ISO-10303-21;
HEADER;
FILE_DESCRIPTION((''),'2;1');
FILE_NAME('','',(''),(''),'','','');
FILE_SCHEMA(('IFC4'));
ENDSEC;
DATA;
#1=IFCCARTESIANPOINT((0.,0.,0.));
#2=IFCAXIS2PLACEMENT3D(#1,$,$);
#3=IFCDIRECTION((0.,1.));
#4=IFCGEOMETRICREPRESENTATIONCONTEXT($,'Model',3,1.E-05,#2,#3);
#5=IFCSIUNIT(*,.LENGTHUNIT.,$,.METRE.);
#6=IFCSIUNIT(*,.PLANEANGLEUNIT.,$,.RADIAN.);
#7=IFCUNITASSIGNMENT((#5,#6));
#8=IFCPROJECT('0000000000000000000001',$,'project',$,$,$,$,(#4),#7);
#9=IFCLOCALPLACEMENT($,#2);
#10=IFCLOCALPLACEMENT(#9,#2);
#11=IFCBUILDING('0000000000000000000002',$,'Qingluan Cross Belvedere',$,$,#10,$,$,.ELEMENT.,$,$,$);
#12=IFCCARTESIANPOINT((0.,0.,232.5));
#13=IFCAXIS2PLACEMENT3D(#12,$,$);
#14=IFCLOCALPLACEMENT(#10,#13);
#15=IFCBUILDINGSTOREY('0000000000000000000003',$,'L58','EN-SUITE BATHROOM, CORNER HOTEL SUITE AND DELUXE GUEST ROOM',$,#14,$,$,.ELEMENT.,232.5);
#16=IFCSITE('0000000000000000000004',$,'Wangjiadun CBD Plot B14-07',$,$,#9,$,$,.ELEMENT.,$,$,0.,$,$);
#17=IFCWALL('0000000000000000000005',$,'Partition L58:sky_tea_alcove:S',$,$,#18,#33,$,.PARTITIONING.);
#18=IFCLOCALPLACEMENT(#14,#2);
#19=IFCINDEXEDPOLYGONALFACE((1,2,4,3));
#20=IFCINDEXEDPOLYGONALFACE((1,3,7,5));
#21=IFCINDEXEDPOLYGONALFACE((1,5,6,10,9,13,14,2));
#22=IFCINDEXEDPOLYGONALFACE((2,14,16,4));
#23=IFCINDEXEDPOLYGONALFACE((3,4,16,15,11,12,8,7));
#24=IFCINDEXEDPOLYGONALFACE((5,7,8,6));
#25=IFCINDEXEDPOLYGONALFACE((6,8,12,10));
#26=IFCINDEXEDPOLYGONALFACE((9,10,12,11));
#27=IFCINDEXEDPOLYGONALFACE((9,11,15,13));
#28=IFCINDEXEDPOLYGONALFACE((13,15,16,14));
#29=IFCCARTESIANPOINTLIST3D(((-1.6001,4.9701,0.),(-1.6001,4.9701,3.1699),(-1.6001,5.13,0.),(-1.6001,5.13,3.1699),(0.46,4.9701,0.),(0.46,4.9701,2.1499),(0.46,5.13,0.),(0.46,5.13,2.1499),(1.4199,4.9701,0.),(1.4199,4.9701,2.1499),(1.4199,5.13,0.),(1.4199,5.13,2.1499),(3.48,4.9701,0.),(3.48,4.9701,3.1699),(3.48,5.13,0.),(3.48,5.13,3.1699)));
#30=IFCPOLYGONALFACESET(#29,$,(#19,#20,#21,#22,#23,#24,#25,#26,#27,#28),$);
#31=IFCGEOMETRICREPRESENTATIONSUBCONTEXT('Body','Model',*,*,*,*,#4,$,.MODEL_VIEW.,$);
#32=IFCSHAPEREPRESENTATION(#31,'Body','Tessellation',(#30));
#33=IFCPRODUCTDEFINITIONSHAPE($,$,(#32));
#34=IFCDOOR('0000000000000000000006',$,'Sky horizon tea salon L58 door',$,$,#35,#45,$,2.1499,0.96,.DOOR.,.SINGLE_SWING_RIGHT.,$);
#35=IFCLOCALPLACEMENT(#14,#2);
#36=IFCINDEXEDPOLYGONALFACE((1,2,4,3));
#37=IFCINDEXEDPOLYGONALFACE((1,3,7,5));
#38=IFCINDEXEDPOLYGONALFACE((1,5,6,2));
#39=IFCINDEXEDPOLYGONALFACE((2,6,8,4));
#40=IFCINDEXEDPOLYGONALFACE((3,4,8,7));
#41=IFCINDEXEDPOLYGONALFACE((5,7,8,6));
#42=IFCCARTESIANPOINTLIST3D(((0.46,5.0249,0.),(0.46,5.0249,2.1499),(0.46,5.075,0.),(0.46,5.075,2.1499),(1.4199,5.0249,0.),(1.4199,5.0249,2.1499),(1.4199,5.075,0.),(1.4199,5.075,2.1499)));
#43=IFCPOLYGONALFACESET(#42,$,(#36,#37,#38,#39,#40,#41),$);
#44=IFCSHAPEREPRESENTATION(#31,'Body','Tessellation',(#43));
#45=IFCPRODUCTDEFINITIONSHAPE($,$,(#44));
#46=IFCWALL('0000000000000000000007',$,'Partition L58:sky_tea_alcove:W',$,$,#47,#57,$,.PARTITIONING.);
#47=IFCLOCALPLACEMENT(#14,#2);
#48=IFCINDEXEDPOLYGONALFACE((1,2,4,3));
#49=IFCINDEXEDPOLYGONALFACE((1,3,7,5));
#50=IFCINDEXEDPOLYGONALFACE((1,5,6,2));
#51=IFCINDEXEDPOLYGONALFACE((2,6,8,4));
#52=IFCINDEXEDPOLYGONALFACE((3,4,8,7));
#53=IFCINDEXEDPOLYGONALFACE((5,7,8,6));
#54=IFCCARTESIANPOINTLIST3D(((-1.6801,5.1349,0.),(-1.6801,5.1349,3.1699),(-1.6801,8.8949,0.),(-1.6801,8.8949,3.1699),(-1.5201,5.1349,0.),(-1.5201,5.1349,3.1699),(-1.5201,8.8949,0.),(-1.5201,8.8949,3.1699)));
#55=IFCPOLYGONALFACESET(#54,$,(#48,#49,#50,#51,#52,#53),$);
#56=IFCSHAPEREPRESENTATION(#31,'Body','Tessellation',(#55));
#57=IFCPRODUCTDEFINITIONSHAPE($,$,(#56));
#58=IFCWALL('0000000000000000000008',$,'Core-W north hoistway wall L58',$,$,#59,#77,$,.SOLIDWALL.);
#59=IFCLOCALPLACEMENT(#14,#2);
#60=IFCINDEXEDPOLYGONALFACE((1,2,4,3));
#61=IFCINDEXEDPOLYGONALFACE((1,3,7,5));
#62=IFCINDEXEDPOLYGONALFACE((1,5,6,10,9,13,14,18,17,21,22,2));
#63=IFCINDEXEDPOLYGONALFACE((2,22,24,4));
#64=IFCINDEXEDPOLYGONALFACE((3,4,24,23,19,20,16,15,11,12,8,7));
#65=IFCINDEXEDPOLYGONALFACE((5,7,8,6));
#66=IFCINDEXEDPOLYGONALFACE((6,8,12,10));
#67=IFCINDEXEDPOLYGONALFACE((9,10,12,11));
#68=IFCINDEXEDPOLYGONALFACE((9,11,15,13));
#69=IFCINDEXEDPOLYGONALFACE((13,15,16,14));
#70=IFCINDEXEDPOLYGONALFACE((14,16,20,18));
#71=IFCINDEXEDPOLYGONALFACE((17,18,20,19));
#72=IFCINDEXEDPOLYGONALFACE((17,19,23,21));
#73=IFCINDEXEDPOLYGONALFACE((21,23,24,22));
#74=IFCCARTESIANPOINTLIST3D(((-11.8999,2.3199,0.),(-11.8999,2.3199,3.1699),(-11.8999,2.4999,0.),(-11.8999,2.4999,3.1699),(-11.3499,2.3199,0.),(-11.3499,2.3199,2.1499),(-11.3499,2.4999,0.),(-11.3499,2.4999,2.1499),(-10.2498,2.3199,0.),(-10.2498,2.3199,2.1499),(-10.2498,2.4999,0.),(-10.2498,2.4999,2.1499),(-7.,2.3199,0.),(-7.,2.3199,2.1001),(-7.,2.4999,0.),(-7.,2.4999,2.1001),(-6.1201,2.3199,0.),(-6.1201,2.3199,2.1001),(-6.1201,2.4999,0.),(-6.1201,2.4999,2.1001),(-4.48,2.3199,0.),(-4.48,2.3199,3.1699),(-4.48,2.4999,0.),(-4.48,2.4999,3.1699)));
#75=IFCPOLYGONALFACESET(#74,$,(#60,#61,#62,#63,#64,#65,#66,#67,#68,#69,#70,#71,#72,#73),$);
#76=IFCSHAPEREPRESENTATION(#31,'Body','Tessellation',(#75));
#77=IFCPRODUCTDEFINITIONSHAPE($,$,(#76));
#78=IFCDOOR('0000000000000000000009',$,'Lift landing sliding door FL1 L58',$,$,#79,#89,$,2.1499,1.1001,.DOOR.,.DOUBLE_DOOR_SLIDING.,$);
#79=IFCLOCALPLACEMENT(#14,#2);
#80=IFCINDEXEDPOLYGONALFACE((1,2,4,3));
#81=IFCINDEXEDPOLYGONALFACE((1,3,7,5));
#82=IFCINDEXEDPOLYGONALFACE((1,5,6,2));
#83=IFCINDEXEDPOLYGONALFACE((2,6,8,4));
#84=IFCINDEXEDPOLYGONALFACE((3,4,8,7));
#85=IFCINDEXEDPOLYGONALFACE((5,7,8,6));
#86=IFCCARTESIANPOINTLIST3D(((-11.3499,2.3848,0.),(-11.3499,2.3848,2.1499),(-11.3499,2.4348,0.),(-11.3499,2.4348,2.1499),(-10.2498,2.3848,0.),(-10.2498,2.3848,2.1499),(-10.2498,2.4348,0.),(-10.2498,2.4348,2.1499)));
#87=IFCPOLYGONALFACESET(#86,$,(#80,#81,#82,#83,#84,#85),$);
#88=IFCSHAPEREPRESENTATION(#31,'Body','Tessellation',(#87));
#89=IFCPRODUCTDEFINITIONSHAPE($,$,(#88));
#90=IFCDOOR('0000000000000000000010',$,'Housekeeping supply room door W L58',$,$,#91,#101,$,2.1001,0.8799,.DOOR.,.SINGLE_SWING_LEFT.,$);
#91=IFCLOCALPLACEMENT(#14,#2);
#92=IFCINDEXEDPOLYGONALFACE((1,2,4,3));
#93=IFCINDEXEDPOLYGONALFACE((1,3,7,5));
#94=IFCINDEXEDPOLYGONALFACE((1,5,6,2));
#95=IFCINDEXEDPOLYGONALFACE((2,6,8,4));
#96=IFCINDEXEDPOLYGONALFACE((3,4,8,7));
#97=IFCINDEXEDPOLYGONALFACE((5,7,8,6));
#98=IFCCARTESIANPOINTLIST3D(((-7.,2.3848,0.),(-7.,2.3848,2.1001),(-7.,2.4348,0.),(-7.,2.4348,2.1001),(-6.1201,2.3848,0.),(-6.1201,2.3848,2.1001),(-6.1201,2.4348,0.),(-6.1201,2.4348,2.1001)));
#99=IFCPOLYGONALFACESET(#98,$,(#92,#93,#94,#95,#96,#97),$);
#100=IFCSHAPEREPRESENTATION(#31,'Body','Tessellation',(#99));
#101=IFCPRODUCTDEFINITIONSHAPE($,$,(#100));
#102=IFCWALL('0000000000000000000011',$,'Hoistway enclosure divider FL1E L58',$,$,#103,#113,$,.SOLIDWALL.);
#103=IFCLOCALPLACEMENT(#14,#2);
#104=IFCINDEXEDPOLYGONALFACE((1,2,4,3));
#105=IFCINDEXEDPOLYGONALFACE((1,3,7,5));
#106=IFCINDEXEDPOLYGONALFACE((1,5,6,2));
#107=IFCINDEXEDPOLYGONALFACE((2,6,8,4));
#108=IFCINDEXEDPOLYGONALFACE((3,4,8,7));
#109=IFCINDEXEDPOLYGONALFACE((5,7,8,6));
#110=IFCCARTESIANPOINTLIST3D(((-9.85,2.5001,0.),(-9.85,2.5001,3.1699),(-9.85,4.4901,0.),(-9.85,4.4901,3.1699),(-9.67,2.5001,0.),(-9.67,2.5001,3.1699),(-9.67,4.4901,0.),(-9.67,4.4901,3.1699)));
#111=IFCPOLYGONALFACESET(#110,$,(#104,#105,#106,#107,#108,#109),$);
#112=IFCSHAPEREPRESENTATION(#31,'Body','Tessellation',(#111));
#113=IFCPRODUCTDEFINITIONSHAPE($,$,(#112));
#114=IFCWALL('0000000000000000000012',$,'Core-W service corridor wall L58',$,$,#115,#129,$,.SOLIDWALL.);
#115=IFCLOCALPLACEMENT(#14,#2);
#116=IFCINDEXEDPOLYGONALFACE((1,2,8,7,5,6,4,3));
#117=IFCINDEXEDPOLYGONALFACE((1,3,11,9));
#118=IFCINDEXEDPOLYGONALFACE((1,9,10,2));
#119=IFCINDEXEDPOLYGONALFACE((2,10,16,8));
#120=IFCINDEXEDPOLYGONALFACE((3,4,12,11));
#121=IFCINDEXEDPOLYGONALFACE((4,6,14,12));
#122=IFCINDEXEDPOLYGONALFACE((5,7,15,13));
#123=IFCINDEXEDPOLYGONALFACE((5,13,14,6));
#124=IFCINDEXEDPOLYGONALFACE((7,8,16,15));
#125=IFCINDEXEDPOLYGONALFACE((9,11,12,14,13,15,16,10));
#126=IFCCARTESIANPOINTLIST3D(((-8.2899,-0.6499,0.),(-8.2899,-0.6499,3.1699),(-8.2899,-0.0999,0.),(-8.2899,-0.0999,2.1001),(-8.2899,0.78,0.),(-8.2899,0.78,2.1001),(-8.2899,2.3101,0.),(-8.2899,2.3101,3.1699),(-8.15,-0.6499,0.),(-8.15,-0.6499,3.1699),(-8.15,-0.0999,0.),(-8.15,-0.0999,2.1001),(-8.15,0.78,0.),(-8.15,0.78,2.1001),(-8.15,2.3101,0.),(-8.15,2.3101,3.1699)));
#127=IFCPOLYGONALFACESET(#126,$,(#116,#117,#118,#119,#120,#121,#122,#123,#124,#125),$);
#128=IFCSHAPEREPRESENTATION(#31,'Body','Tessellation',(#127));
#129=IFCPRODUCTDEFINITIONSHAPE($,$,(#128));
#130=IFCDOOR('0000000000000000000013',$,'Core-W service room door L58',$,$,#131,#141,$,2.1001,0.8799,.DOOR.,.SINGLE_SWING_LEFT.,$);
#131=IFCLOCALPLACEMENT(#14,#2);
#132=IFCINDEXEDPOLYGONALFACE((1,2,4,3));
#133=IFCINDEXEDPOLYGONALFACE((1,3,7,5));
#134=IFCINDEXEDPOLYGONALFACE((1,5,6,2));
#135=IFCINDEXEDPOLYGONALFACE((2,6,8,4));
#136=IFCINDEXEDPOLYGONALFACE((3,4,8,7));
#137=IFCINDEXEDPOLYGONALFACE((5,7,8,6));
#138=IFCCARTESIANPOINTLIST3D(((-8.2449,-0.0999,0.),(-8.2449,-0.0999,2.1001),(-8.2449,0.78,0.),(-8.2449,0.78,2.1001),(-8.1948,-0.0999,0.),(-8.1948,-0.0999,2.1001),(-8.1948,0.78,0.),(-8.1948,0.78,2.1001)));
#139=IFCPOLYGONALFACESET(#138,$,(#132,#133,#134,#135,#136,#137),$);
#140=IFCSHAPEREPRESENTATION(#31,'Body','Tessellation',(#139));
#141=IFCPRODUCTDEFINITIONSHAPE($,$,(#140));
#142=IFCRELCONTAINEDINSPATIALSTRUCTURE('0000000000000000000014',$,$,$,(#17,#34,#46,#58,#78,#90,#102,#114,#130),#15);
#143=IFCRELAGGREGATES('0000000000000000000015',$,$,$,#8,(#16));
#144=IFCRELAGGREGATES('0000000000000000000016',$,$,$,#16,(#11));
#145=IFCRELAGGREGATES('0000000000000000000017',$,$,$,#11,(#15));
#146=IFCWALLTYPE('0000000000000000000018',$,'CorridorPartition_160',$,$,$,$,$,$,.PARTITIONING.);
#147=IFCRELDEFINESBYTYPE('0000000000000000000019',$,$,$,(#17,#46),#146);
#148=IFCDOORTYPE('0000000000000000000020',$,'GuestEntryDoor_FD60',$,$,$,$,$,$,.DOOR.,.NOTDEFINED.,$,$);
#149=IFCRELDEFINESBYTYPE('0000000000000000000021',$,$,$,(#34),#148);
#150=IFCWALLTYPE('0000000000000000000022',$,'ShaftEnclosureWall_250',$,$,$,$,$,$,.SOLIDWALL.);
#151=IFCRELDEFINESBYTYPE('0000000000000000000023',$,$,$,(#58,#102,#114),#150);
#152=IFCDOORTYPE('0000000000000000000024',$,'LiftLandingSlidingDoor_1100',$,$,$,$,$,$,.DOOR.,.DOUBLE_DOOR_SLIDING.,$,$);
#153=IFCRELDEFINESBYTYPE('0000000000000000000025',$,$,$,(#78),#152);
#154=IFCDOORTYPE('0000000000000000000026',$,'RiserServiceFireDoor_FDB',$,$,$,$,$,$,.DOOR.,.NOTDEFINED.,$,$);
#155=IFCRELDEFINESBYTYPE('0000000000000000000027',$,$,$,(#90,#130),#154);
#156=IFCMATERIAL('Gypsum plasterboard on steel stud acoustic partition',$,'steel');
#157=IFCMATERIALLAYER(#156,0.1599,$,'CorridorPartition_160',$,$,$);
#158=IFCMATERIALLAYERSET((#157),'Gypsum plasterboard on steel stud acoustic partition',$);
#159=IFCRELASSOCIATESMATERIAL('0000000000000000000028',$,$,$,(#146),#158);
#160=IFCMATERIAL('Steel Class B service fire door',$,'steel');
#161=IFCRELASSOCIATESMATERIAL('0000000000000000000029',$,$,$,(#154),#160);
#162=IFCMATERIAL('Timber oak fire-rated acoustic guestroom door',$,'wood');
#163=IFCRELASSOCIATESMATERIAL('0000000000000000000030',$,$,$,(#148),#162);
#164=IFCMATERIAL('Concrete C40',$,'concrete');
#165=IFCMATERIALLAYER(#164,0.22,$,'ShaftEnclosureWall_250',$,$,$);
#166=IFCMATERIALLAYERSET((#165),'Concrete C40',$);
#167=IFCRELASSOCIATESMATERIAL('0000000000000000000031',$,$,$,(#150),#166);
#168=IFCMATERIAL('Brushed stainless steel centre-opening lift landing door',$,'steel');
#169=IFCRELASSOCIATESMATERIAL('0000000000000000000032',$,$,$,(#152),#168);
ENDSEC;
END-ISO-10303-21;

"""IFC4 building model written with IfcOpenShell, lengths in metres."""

from ifc_helpers import new_model, si_unit, direction, frame, frame_2d, origin, place, context, subcontext, project, spatial, rectangle, extrude, material, layer, layer_set, type_object, element, fill, save


model = new_model("IFC4")

# Units and contexts
model_context = context("Model", 3, precision=1e-05, world=origin(), true_north=direction((0.0, 1.0)))
body_context = subcontext(model_context, "Body", "Model", "MODEL_VIEW")
ifc_project = project(units=[si_unit("LENGTHUNIT", "METRE"), si_unit("PLANEANGLEUNIT", "RADIAN")], contexts=[model_context])

# Site, building, storey
site_placement = place(None, origin())
site = spatial("IfcSite", under=ifc_project, at=site_placement, Name="Wangjiadun CBD Plot B14-07", CompositionType="ELEMENT", RefElevation=0.0)
building_placement = place(site_placement, origin())
building = spatial("IfcBuilding", under=site, at=building_placement, Name="Qingluan Cross Belvedere", CompositionType="ELEMENT")
storey_placement = place(building_placement, frame((0.0, 0.0, 232.5)))
storey = spatial("IfcBuildingStorey", under=building, at=storey_placement, Name="L58", Description="EN-SUITE BATHROOM, CORNER HOTEL SUITE AND DELUXE GUEST ROOM", CompositionType="ELEMENT", Elevation=232.5)

# Wall, opening, door
ifc_material_1 = material(Name="Gypsum plasterboard on steel stud acoustic partition", Category="steel")
ifc_layer_1 = layer(ifc_material_1, 0.1599, Name="CorridorPartition_160")
ifc_layer_set_1 = layer_set([ifc_layer_1], Name="Gypsum plasterboard on steel stud acoustic partition")
wall_type_1 = type_object("IfcWallType", Name="CorridorPartition_160", PredefinedType="PARTITIONING", material=ifc_layer_set_1)
ifc_material_2 = material(Name="Steel Class B service fire door", Category="steel")
door_type_1 = type_object("IfcDoorType", Name="RiserServiceFireDoor_FDB", OperationType="NOTDEFINED", PredefinedType="DOOR", material=ifc_material_2)
wall_1_placement = place(storey_placement, frame((-1.6001, 5.05, 0.0), z_axis=(0.0, 0.0, 1.0), x_axis=(1.0, 0.0, 0.0)))
wall_1 = element("IfcWall", 1, at=wall_1_placement, inside=storey, type_object=wall_type_1, Name="Partition L58:sky_tea_alcove:S", PredefinedType="PARTITIONING", context=body_context, shape_type="SweptSolid", body=[
    extrude(rectangle(XDim=5.0801, YDim=0.1599, at=frame_2d((2.54, 0.0))), origin(), (0.0, 0.0, 1.0), 3.1699),
])
opening_1_placement = place(wall_1_placement, frame((2.0601, 0.0, 0.0)))
opening_1 = element("IfcOpeningElement", 2, at=opening_1_placement, cuts=wall_1, PredefinedType="OPENING", context=body_context, shape_type="SweptSolid", body=[
    extrude(rectangle(XDim=0.96, YDim=2.1499, at=frame_2d((0.48, 1.075))), frame((0.0, 0.0898, 0.0), z_axis=(0.0, -1.0, 0.0), x_axis=(1.0, 0.0, 0.0)), (0.0, 0.0, 1.0), 0.1799),
])
ifc_material_3 = material(Name="Timber oak fire-rated acoustic guestroom door", Category="wood")
door_type_2 = type_object("IfcDoorType", Name="GuestEntryDoor_FD60", OperationType="NOTDEFINED", PredefinedType="DOOR", material=ifc_material_3)
door_1_placement = place(opening_1_placement, origin())
door_1 = element("IfcDoor", 3, at=door_1_placement, inside=storey, type_object=door_type_2, Name="Sky horizon tea salon L58 door", OperationType="SINGLE_SWING_RIGHT", OverallHeight=2.1499, OverallWidth=0.96, PredefinedType="DOOR", context=body_context, shape_type="SweptSolid", body=[
    extrude(rectangle(XDim=0.96, YDim=2.1499, at=frame_2d((0.48, 1.075))), frame((0.0, 0.0249, 0.0), z_axis=(0.0, -1.0, 0.0), x_axis=(1.0, 0.0, 0.0)), (0.0, 0.0, 1.0), 0.05),
])
fill(opening_1, door_1)

# Wall
wall_2_placement = place(storey_placement, frame((-1.6001, 5.135, 0.0), z_axis=(0.0, 0.0, 1.0), x_axis=(0.0, 1.0, 0.0)))
element("IfcWall", 4, at=wall_2_placement, inside=storey, type_object=wall_type_1, Name="Partition L58:sky_tea_alcove:W", PredefinedType="PARTITIONING", context=body_context, shape_type="SweptSolid", body=[
    extrude(rectangle(XDim=3.76, YDim=0.1599, at=frame_2d((1.8799, 0.0))), origin(), (0.0, 0.0, 1.0), 3.1699),
])

# Wall, openings, doors
ifc_material_4 = material(Name="Concrete C40", Category="concrete")
ifc_layer_2 = layer(ifc_material_4, 0.22, Name="ShaftEnclosureWall_250")
ifc_layer_set_2 = layer_set([ifc_layer_2], Name="Concrete C40")
wall_type_2 = type_object("IfcWallType", Name="ShaftEnclosureWall_250", PredefinedType="SOLIDWALL", material=ifc_layer_set_2)
wall_3_placement = place(storey_placement, frame((-11.8999, 2.4099, 0.0), z_axis=(0.0, 0.0, 1.0), x_axis=(1.0, 0.0, 0.0)))
wall_3 = element("IfcWall", 5, at=wall_3_placement, inside=storey, type_object=wall_type_2, Name="Core-W north hoistway wall L58", PredefinedType="SOLIDWALL", context=body_context, shape_type="SweptSolid", body=[
    extrude(rectangle(XDim=7.4199, YDim=0.1799, at=frame_2d((3.71, 0.0))), origin(), (0.0, 0.0, 1.0), 3.1699),
])
opening_2_placement = place(wall_3_placement, frame((0.55, 0.0, 0.0)))
opening_2 = element("IfcOpeningElement", 6, at=opening_2_placement, cuts=wall_3, PredefinedType="OPENING", context=body_context, shape_type="SweptSolid", body=[
    extrude(rectangle(XDim=1.1001, YDim=2.1499, at=frame_2d((0.55, 1.075))), frame((0.0, 0.0999, 0.0), z_axis=(0.0, -1.0, 0.0), x_axis=(1.0, 0.0, 0.0)), (0.0, 0.0, 1.0), 0.2),
])
opening_3_placement = place(wall_3_placement, frame((4.8999, 0.0, 0.0)))
opening_3 = element("IfcOpeningElement", 7, at=opening_3_placement, cuts=wall_3, PredefinedType="OPENING", context=body_context, shape_type="SweptSolid", body=[
    extrude(rectangle(XDim=0.8799, YDim=2.1001, at=frame_2d((0.4399, 1.05))), frame((0.0, 0.0999, 0.0), z_axis=(0.0, -1.0, 0.0), x_axis=(1.0, 0.0, 0.0)), (0.0, 0.0, 1.0), 0.2),
])
ifc_material_5 = material(Name="Brushed stainless steel centre-opening lift landing door", Category="steel")
door_type_3 = type_object("IfcDoorType", Name="LiftLandingSlidingDoor_1100", OperationType="DOUBLE_DOOR_SLIDING", PredefinedType="DOOR", material=ifc_material_5)
door_2_placement = place(opening_2_placement, origin())
door_2 = element("IfcDoor", 8, at=door_2_placement, inside=storey, type_object=door_type_3, Name="Lift landing sliding door FL1 L58", OperationType="DOUBLE_DOOR_SLIDING", OverallHeight=2.1499, OverallWidth=1.1001, PredefinedType="DOOR", context=body_context, shape_type="SweptSolid", body=[
    extrude(rectangle(XDim=1.1001, YDim=2.1499, at=frame_2d((0.55, 1.075))), frame((0.0, 0.0249, 0.0), z_axis=(0.0, -1.0, 0.0), x_axis=(1.0, 0.0, 0.0)), (0.0, 0.0, 1.0), 0.05),
])
fill(opening_2, door_2)
door_3_placement = place(opening_3_placement, origin())
door_3 = element("IfcDoor", 9, at=door_3_placement, inside=storey, type_object=door_type_1, Name="Housekeeping supply room door W L58", OperationType="SINGLE_SWING_LEFT", OverallHeight=2.1001, OverallWidth=0.8799, PredefinedType="DOOR", context=body_context, shape_type="SweptSolid", body=[
    extrude(rectangle(XDim=0.8799, YDim=2.1001, at=frame_2d((0.4399, 1.05))), frame((0.0, 0.0249, 0.0), z_axis=(0.0, -1.0, 0.0), x_axis=(1.0, 0.0, 0.0)), (0.0, 0.0, 1.0), 0.05),
])
fill(opening_3, door_3)

# Wall
wall_4_placement = place(storey_placement, frame((-9.76, 2.5, 0.0), z_axis=(0.0, 0.0, 1.0), x_axis=(0.0, 1.0, 0.0)))
element("IfcWall", 10, at=wall_4_placement, inside=storey, type_object=wall_type_2, Name="Hoistway enclosure divider FL1E L58", PredefinedType="SOLIDWALL", context=body_context, shape_type="SweptSolid", body=[
    extrude(rectangle(XDim=1.99, YDim=0.1799, at=frame_2d((0.9951, 0.0))), origin(), (0.0, 0.0, 1.0), 3.1699),
])

# Wall, opening, door
wall_5_placement = place(storey_placement, frame((-8.22, -0.6499, 0.0), z_axis=(0.0, 0.0, 1.0), x_axis=(0.0, 1.0, 0.0)))
wall_5 = element("IfcWall", 11, at=wall_5_placement, inside=storey, type_object=wall_type_2, Name="Core-W service corridor wall L58", PredefinedType="SOLIDWALL", context=body_context, shape_type="SweptSolid", body=[
    extrude(rectangle(XDim=2.96, YDim=0.1399, at=frame_2d((1.48, 0.0))), origin(), (0.0, 0.0, 1.0), 3.1699),
])
opening_4_placement = place(wall_5_placement, frame((0.55, 0.0, 0.0)))
opening_4 = element("IfcOpeningElement", 12, at=opening_4_placement, cuts=wall_5, PredefinedType="OPENING", context=body_context, shape_type="SweptSolid", body=[
    extrude(rectangle(XDim=0.8799, YDim=2.1001, at=frame_2d((0.4399, 1.05))), frame((0.0, 0.0798, 0.0), z_axis=(0.0, -1.0, 0.0), x_axis=(1.0, 0.0, 0.0)), (0.0, 0.0, 1.0), 0.1599),
])
door_4_placement = place(opening_4_placement, origin())
door_4 = element("IfcDoor", 13, at=door_4_placement, inside=storey, type_object=door_type_1, Name="Core-W service room door L58", OperationType="SINGLE_SWING_LEFT", OverallHeight=2.1001, OverallWidth=0.8799, PredefinedType="DOOR", context=body_context, shape_type="SweptSolid", body=[
    extrude(rectangle(XDim=0.8799, YDim=2.1001, at=frame_2d((0.4399, 1.05))), frame((0.0, 0.0249, 0.0), z_axis=(0.0, -1.0, 0.0), x_axis=(1.0, 0.0, 0.0)), (0.0, 0.0, 1.0), 0.05),
])
fill(opening_4, door_4)

save(model, "model.ifc")
